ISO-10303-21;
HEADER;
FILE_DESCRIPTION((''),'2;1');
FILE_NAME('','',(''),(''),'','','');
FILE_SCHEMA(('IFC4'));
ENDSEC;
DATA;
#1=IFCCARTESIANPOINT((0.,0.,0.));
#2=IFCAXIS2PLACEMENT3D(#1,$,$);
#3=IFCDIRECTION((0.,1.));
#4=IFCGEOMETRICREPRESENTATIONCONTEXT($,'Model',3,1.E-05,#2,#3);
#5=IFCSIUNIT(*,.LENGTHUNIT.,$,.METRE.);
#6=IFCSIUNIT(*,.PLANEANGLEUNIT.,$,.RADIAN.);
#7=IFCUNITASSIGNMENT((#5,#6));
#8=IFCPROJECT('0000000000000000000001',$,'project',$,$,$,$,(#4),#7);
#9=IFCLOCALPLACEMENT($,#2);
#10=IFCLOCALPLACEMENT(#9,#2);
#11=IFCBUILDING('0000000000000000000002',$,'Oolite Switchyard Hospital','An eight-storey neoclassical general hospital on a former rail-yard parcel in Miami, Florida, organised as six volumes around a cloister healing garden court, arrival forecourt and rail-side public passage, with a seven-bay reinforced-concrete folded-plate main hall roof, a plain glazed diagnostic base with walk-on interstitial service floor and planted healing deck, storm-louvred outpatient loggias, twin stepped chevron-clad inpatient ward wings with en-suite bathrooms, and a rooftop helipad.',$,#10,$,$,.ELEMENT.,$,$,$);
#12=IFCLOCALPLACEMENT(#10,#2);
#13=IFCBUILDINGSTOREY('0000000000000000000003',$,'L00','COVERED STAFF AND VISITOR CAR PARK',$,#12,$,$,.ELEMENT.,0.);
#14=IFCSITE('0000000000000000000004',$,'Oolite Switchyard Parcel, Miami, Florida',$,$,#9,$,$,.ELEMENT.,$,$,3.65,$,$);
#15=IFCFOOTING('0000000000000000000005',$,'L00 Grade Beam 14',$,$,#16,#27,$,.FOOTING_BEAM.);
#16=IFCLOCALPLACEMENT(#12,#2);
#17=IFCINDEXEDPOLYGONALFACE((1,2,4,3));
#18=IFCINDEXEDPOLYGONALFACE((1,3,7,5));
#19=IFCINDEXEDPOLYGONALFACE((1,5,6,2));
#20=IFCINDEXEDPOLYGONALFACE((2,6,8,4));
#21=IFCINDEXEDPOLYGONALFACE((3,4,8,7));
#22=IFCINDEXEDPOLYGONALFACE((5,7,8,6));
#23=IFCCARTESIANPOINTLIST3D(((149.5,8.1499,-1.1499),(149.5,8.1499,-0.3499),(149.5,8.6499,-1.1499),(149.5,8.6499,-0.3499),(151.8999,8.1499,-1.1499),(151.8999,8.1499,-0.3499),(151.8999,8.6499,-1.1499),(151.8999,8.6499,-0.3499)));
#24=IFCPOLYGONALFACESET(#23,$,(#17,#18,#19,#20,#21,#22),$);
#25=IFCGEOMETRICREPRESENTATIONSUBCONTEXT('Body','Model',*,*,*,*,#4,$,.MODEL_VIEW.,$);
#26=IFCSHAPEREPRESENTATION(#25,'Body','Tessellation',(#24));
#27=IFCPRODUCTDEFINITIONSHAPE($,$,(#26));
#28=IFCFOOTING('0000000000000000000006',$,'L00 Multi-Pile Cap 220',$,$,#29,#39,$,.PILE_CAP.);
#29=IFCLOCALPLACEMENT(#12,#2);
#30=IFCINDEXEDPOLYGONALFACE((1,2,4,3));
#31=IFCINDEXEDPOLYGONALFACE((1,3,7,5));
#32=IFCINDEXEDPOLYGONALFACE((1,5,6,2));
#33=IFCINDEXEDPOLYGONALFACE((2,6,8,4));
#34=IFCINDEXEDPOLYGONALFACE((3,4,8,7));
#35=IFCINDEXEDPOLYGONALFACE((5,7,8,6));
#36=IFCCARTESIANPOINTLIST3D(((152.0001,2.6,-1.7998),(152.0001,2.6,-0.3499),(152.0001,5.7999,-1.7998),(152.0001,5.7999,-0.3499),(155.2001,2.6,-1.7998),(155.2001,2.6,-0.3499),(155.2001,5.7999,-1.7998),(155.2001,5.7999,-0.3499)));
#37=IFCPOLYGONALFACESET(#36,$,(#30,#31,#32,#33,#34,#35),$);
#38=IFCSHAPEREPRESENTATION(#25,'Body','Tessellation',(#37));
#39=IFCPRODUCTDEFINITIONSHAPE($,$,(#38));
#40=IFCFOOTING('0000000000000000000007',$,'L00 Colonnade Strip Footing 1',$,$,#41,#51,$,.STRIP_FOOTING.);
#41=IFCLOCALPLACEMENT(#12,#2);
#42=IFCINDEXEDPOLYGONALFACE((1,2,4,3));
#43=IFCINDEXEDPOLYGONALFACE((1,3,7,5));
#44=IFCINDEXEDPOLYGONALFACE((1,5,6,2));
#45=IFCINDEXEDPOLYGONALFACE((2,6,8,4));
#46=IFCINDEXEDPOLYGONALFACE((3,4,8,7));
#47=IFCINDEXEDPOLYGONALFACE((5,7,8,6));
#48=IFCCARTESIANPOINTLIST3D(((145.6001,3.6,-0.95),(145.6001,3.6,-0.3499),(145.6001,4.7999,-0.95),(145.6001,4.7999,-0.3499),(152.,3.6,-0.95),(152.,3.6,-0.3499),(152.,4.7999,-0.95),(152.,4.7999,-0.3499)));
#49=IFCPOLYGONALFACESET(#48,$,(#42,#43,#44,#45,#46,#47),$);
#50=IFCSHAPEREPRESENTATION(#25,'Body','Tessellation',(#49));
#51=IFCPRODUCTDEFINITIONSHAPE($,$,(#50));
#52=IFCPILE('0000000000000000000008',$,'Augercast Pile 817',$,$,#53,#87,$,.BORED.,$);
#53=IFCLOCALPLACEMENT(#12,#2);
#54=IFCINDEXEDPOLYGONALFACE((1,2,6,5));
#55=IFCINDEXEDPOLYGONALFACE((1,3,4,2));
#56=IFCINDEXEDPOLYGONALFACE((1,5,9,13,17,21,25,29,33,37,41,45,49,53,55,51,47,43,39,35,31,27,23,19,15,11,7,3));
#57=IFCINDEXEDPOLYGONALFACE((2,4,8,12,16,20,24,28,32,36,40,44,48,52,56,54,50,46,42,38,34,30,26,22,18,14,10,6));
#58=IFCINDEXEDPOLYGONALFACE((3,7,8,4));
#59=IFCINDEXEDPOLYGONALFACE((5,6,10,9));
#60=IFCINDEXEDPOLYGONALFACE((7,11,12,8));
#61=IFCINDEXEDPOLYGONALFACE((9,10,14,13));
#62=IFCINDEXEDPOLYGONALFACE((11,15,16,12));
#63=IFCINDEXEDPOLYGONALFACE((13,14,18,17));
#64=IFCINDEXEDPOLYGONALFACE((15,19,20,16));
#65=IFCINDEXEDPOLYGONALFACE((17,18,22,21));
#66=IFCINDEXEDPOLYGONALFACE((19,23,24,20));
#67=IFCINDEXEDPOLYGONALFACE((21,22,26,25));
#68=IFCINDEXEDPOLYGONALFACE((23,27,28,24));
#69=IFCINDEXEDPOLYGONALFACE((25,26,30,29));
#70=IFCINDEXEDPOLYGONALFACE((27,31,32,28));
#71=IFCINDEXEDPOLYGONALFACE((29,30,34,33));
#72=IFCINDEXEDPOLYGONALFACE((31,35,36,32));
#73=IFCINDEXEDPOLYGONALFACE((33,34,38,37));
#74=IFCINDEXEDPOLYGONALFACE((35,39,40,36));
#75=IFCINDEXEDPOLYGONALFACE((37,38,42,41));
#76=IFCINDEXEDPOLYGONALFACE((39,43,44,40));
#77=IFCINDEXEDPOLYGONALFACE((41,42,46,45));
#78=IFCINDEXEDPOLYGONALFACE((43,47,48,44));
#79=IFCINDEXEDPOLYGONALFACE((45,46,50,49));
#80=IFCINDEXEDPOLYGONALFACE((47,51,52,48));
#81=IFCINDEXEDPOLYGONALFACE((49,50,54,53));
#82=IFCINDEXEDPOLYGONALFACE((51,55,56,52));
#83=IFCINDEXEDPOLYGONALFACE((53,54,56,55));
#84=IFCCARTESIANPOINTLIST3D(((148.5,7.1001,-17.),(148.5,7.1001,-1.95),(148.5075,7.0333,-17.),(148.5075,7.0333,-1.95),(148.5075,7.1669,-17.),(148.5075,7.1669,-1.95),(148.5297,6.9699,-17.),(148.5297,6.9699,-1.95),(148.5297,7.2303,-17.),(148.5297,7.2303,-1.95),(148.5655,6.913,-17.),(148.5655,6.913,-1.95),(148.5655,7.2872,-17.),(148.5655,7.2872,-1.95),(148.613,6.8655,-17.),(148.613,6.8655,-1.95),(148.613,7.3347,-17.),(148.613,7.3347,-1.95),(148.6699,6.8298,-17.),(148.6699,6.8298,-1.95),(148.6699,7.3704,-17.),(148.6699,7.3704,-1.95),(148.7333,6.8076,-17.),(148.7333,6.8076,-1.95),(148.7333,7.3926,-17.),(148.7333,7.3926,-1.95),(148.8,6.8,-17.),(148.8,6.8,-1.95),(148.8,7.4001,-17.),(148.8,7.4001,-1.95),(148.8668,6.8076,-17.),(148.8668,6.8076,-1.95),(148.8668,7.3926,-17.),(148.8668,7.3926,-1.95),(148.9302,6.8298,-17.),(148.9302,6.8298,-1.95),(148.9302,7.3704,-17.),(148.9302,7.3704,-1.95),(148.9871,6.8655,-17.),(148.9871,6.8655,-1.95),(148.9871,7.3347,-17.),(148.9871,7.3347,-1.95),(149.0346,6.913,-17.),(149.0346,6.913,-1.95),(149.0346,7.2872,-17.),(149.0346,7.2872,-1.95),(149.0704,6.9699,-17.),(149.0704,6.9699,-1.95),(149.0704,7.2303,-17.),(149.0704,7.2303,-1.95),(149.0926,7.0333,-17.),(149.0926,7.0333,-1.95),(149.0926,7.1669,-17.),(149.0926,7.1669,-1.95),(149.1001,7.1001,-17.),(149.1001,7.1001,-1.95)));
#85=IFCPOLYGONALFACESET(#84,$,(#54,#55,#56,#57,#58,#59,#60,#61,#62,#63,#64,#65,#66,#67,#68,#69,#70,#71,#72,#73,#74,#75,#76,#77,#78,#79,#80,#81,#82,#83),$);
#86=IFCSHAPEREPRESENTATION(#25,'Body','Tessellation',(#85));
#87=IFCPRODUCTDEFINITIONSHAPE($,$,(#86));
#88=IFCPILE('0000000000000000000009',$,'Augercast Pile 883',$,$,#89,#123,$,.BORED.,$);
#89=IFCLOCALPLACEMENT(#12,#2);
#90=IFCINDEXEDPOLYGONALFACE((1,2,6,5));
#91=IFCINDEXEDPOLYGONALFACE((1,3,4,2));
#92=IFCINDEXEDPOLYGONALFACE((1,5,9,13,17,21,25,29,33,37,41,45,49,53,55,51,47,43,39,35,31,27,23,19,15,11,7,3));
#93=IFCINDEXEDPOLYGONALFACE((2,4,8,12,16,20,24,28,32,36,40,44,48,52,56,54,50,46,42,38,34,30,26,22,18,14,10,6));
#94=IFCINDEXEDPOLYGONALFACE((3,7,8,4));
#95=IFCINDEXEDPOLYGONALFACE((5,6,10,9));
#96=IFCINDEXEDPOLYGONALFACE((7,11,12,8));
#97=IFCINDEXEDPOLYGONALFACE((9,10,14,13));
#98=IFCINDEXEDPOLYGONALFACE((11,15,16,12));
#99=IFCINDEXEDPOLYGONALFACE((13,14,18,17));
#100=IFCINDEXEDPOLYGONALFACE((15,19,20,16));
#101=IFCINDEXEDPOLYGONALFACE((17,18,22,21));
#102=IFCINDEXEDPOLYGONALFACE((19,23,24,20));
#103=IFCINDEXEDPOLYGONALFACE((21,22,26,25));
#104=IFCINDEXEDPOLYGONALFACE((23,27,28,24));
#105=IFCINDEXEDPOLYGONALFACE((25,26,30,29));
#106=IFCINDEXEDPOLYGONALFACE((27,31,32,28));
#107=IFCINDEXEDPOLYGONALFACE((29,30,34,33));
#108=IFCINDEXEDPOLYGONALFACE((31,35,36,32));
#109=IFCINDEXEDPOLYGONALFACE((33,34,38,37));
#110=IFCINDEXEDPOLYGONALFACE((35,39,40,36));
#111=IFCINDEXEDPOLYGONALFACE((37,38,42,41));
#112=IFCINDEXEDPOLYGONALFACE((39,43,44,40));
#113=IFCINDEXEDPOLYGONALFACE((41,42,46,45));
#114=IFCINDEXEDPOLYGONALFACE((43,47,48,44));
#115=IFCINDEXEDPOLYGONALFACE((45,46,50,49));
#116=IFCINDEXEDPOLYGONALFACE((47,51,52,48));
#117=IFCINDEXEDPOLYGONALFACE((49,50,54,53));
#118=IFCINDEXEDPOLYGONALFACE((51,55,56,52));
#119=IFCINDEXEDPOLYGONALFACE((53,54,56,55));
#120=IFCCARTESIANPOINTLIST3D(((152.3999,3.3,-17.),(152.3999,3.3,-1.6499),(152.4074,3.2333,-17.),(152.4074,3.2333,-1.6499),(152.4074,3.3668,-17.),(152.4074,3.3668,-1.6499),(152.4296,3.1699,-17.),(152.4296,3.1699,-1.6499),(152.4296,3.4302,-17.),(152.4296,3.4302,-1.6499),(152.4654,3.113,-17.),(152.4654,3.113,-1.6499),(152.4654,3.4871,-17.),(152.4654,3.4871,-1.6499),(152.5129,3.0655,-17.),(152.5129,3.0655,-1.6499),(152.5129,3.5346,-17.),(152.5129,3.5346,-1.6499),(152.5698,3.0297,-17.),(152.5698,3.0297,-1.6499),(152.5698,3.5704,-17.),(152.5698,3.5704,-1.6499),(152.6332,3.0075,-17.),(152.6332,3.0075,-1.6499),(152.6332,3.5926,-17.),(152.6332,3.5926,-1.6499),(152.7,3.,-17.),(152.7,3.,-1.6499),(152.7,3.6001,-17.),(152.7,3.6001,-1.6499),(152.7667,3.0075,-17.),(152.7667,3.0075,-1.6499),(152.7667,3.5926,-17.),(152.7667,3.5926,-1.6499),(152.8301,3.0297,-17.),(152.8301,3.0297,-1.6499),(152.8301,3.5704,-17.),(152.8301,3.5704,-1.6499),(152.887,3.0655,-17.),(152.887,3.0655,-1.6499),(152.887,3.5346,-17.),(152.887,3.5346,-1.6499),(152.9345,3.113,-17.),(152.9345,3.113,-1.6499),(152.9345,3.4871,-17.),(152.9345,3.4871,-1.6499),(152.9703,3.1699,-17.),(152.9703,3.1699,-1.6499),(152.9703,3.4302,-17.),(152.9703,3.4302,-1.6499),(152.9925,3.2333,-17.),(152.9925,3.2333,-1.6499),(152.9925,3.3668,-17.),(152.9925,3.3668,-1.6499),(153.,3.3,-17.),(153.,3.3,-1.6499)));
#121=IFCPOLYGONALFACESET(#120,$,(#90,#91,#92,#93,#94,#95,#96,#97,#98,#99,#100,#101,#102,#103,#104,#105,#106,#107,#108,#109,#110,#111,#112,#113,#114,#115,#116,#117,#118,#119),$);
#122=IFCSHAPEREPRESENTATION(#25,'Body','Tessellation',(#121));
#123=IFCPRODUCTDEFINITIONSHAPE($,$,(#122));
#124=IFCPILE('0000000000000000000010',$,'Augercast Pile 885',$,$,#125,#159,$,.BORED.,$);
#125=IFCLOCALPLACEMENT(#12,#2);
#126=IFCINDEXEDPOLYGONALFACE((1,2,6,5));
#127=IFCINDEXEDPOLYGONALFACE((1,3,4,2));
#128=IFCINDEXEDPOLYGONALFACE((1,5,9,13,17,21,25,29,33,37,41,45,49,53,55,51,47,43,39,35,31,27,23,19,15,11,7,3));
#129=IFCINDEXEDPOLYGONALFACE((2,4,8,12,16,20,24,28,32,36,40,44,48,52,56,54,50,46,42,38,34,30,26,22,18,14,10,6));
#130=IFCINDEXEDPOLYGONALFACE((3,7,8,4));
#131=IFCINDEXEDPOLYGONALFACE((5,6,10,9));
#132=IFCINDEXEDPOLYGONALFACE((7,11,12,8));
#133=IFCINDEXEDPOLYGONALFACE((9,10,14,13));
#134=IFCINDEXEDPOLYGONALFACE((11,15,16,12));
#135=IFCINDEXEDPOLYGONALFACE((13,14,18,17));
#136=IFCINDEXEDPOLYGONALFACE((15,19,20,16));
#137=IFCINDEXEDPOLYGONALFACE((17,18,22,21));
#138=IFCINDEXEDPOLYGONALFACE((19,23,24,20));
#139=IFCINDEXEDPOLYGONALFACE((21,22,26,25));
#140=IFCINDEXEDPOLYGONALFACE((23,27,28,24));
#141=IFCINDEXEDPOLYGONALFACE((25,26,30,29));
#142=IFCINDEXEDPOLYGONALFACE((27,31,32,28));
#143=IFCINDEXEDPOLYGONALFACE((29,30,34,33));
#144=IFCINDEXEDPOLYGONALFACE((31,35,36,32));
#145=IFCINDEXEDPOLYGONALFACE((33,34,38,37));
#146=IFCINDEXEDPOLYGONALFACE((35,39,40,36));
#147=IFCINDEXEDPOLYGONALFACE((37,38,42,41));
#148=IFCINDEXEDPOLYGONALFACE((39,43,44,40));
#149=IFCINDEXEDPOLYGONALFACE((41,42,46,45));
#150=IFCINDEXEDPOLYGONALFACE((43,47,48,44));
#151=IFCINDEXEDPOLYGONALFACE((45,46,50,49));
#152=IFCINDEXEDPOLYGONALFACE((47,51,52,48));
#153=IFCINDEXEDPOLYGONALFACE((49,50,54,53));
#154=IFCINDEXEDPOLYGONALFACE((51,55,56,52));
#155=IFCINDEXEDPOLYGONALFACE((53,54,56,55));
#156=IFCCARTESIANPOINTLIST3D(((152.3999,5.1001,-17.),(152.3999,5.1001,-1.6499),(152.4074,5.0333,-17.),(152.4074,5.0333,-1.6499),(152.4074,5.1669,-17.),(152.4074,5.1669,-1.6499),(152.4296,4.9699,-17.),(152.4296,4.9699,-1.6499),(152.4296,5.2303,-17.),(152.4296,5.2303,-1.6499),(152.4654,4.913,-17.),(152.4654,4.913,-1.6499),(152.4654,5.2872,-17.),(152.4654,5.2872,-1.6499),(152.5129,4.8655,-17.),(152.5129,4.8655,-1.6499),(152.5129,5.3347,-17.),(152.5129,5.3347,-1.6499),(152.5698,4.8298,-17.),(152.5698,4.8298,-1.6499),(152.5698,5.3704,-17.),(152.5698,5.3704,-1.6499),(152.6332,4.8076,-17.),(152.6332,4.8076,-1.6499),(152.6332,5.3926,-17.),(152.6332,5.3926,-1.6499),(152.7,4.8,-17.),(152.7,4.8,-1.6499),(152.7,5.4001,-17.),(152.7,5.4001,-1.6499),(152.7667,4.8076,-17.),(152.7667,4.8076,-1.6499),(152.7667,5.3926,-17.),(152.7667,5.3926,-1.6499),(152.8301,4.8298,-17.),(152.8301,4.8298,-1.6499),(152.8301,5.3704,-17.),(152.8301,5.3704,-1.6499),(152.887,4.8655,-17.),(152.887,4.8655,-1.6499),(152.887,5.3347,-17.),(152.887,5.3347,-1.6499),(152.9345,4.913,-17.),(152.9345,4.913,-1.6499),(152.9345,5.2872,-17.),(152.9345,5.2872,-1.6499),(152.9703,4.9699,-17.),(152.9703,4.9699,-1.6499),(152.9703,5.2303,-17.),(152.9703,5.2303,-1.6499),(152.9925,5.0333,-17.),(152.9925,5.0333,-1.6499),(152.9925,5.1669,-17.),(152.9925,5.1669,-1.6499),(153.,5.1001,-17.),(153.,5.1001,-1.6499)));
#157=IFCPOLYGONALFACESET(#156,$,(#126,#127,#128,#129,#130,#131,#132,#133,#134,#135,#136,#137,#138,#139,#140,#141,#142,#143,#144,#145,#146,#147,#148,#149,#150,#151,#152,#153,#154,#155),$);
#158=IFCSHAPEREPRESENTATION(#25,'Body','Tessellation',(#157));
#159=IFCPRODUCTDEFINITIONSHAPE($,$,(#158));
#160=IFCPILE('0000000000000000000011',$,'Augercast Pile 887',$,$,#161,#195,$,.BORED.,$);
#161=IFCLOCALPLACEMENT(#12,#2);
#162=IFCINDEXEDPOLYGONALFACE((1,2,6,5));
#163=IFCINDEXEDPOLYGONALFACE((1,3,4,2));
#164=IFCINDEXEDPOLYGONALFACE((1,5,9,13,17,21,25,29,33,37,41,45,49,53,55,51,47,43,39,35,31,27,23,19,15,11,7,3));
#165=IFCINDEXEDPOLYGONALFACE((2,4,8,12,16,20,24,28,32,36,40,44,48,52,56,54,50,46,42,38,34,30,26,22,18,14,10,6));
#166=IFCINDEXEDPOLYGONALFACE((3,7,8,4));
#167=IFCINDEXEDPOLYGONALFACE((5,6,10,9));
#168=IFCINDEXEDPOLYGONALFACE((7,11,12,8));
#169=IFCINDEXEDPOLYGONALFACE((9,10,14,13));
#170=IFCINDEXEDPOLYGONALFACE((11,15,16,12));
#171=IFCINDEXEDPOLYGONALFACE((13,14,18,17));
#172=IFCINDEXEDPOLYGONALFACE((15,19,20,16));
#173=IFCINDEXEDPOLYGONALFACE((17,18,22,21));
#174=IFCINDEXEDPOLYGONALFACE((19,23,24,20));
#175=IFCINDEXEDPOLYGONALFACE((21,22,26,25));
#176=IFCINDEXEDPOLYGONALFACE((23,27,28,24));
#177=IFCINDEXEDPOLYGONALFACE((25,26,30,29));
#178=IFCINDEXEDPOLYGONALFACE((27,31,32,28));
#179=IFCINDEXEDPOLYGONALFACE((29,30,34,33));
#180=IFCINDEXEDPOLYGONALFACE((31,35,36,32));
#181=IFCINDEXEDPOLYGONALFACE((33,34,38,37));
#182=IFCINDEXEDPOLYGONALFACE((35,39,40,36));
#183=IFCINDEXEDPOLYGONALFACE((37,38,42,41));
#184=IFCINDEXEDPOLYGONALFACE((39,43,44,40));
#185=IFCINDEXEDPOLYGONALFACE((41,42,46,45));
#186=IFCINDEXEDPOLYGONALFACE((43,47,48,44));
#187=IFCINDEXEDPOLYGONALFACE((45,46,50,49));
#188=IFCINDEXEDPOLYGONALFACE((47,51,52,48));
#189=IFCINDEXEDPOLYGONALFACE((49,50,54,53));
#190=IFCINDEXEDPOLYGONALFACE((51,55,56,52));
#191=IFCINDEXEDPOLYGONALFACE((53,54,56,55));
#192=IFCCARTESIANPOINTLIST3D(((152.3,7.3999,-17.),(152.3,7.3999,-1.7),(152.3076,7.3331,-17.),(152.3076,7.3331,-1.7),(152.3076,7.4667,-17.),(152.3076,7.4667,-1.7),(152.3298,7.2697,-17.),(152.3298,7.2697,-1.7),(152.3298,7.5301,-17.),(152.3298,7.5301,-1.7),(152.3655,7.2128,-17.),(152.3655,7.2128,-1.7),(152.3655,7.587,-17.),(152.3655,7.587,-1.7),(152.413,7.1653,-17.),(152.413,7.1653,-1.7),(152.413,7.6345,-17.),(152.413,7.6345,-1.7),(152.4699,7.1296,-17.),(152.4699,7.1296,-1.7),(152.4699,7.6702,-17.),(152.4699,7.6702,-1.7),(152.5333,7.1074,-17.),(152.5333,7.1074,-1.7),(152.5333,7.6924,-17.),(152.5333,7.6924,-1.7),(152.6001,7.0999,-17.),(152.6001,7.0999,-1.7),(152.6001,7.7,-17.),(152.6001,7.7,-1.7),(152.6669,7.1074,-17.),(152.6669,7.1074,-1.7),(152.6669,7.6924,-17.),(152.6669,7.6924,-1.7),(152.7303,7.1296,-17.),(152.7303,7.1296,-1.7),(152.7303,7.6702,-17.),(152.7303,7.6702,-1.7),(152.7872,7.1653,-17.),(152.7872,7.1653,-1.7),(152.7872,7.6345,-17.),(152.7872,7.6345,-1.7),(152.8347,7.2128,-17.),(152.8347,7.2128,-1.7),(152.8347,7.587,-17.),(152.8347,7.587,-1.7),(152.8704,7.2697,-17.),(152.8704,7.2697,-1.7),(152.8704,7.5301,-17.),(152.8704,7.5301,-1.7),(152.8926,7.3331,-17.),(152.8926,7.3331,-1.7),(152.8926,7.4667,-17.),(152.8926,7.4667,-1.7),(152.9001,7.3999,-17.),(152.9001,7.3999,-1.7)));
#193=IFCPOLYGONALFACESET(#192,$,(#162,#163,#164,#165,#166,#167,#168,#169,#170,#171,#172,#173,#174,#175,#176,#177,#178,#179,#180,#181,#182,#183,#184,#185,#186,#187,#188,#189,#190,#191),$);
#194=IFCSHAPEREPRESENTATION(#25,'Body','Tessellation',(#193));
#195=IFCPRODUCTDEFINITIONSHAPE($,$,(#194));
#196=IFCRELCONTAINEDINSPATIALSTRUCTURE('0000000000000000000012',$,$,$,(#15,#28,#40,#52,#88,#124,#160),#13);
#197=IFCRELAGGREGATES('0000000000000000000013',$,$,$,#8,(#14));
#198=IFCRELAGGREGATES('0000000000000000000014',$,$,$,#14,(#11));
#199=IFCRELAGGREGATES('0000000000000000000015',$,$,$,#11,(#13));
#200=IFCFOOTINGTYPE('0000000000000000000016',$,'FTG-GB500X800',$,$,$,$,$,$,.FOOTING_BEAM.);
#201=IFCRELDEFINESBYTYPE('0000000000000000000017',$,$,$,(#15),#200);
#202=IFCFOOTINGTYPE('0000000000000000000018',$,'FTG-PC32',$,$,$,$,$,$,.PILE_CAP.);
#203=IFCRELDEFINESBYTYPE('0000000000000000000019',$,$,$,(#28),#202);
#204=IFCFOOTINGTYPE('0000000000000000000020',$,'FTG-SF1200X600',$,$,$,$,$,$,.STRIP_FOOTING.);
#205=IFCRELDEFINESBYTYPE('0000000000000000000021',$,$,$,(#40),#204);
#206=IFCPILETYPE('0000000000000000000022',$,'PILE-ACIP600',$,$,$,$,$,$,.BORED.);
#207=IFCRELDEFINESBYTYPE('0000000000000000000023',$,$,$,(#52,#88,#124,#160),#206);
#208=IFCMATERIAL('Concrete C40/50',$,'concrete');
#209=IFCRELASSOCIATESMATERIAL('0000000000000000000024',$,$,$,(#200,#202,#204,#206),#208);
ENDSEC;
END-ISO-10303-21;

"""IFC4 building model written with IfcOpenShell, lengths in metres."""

from ifc_helpers import new_model, si_unit, direction, frame, origin, origin_2d, place, context, subcontext, project, spatial, rectangle, circle, extrude, material, material_profile, profile_set, type_object, element, save


model = new_model("IFC4")

# Units and contexts
model_context = context("Model", 3, precision=1e-05, world=origin(), true_north=direction((0.0, 1.0)))
body_context = subcontext(model_context, "Body", "Model", "MODEL_VIEW")
ifc_project = project(units=[si_unit("LENGTHUNIT", "METRE"), si_unit("PLANEANGLEUNIT", "RADIAN")], contexts=[model_context])

# Site, building, storey
site_placement = place(None, origin())
site = spatial("IfcSite", under=ifc_project, at=site_placement, Name="Oolite Switchyard Parcel, Miami, Florida", CompositionType="ELEMENT", RefElevation=3.65)
building_placement = place(site_placement, origin())
building = spatial("IfcBuilding", under=site, at=building_placement, Name="Oolite Switchyard Hospital", Description="An eight-storey neoclassical general hospital on a former rail-yard parcel in Miami, Florida, organised as six volumes around a cloister healing garden court, arrival forecourt and rail-side public passage, with a seven-bay reinforced-concrete folded-plate main hall roof, a plain glazed diagnostic base with walk-on interstitial service floor and planted healing deck, storm-louvred outpatient loggias, twin stepped chevron-clad inpatient ward wings with en-suite bathrooms, and a rooftop helipad.", CompositionType="ELEMENT")
storey_placement = place(building_placement, origin())
storey = spatial("IfcBuildingStorey", under=building, at=storey_placement, Name="L00", Description="COVERED STAFF AND VISITOR CAR PARK", CompositionType="ELEMENT", Elevation=0.0)

# Footings
ifc_material_1 = material(Name="Concrete C40/50", Category="concrete")
footing_type_1 = type_object("IfcFootingType", Name="FTG-GB500X800", PredefinedType="FOOTING_BEAM", material=ifc_material_1)
footing_1_placement = place(storey_placement, frame((150.7, 8.3999, -1.1499), z_axis=(0.0, 0.0, 1.0), x_axis=(1.0, 0.0, 0.0)))
element("IfcFooting", 1, at=footing_1_placement, inside=storey, type_object=footing_type_1, Name="L00 Grade Beam 14", PredefinedType="FOOTING_BEAM", context=body_context, shape_type="SweptSolid", body=[
    extrude(rectangle(XDim=2.3999, YDim=0.5, at=origin_2d()), origin(), (0.0, 0.0, 1.0), 0.8),
])
footing_type_2 = type_object("IfcFootingType", Name="FTG-PC32", PredefinedType="PILE_CAP", material=ifc_material_1)
footing_2_placement = place(storey_placement, frame((153.6001, 4.2, -1.7998), z_axis=(0.0, 0.0, 1.0), x_axis=(1.0, 0.0, 0.0)))
element("IfcFooting", 2, at=footing_2_placement, inside=storey, type_object=footing_type_2, Name="L00 Multi-Pile Cap 220", PredefinedType="PILE_CAP", context=body_context, shape_type="SweptSolid", body=[
    extrude(rectangle(XDim=3.2, YDim=3.2, at=origin_2d()), origin(), (0.0, 0.0, 1.0), 1.45),
])
footing_type_3 = type_object("IfcFootingType", Name="FTG-SF1200X600", PredefinedType="STRIP_FOOTING", material=ifc_material_1)
footing_3_placement = place(storey_placement, frame((148.8, 4.2, -0.95), z_axis=(0.0, 0.0, 1.0), x_axis=(1.0, 0.0, 0.0)))
element("IfcFooting", 3, at=footing_3_placement, inside=storey, type_object=footing_type_3, Name="L00 Colonnade Strip Footing 1", PredefinedType="STRIP_FOOTING", context=body_context, shape_type="SweptSolid", body=[
    extrude(rectangle(XDim=6.3999, YDim=1.2, at=origin_2d()), origin(), (0.0, 0.0, 1.0), 0.6001),
])

# Piles
ifc_material_profile_1 = material_profile(ifc_material_1, circle(Radius=0.3, at=origin_2d()), Name="PILE600")
ifc_profile_set_1 = profile_set([ifc_material_profile_1], Name="Concrete C40/50")
pile_type = type_object("IfcPileType", Name="PILE-ACIP600", PredefinedType="BORED", material=ifc_profile_set_1)
pile_1_placement = place(storey_placement, frame((148.8, 7.1001, -1.95), z_axis=(0.0, 0.0, -1.0), x_axis=(1.0, 0.0, 0.0)))
element("IfcPile", 4, at=pile_1_placement, inside=storey, type_object=pile_type, Name="Augercast Pile 817", PredefinedType="BORED", context=body_context, shape_type="SweptSolid", body=[
    extrude(circle(Radius=0.3, at=origin_2d()), origin(), (0.0, 0.0, 1.0), 15.05),
])
for number, where, z_axis, x_axis, name in (
    (5, (152.7, 3.3, -1.6499), (0.0, 0.0, -1.0), (1.0, 0.0, 0.0), "Augercast Pile 883"),
    (6, (152.7, 5.1001, -1.6499), (0.0, 0.0, -1.0), (1.0, 0.0, 0.0), "Augercast Pile 885"),
):
    element("IfcPile", number, at=place(storey_placement, frame(where, z_axis=z_axis, x_axis=x_axis)), inside=storey, type_object=pile_type, Name=name, PredefinedType="BORED", context=body_context, shape_type="SweptSolid", body=[
        extrude(circle(Radius=0.3, at=origin_2d()), origin(), (0.0, 0.0, 1.0), 15.3501),
    ])
pile_2_placement = place(storey_placement, frame((152.6001, 7.3999, -1.7), z_axis=(0.0, 0.0, -1.0), x_axis=(1.0, 0.0, 0.0)))
element("IfcPile", 7, at=pile_2_placement, inside=storey, type_object=pile_type, Name="Augercast Pile 887", PredefinedType="BORED", context=body_context, shape_type="SweptSolid", body=[
    extrude(circle(Radius=0.3, at=origin_2d()), origin(), (0.0, 0.0, 1.0), 15.3),
])

save(model, "model.ifc")
